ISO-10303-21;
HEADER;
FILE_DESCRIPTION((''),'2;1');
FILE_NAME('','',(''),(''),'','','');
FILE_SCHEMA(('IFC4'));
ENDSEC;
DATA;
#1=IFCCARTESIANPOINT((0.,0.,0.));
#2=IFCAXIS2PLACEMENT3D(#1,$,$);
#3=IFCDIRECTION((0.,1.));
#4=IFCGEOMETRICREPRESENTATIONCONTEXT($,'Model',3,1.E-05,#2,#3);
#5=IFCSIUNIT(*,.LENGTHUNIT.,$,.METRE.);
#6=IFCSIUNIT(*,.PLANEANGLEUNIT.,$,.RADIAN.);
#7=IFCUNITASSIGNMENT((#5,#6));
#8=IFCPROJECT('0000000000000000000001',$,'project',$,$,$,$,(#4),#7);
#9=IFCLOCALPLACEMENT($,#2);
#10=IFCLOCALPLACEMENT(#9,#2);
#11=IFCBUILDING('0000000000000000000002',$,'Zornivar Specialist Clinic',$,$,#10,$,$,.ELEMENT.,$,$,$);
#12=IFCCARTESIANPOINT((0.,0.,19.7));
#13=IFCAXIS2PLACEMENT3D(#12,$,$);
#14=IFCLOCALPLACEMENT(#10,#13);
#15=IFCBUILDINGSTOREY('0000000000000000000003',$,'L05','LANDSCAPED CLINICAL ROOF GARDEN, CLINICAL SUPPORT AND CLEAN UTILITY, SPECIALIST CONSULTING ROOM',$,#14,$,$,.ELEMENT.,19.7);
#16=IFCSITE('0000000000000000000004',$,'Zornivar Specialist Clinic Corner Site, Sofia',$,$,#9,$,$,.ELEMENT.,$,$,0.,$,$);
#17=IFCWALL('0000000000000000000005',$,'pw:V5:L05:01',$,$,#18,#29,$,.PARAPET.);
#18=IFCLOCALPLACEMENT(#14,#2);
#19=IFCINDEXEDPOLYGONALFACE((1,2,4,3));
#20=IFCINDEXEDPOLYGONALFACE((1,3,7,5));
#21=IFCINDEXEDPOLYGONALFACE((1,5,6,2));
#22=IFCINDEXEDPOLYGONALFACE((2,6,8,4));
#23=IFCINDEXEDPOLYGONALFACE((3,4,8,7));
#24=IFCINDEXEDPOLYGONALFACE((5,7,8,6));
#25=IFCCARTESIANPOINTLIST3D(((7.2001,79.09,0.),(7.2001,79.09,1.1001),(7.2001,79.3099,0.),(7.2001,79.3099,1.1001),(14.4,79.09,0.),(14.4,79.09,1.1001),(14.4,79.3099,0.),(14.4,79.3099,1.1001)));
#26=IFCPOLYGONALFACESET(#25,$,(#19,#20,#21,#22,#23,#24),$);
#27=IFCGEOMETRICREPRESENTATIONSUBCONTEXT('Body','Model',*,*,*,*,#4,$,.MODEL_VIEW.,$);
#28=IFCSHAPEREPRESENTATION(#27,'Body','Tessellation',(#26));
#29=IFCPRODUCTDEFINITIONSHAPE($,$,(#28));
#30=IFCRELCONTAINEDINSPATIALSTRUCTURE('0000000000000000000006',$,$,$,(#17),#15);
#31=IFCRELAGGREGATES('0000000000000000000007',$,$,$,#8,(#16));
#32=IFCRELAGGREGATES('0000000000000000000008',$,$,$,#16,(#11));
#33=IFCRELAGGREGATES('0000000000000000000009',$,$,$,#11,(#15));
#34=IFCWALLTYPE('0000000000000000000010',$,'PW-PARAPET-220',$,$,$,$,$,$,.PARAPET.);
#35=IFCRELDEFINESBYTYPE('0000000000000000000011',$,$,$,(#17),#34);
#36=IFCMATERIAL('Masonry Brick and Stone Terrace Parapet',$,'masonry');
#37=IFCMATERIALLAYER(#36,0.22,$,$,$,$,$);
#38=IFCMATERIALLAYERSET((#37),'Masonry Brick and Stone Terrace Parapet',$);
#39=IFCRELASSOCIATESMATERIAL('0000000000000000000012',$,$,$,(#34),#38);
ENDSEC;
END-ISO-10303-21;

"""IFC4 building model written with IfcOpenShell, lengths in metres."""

from ifc_helpers import new_model, si_unit, direction, frame, frame_2d, origin, place, context, subcontext, project, spatial, rectangle, extrude, material, layer, layer_set, type_object, element, save


model = new_model("IFC4")

# Units and contexts
model_context = context("Model", 3, precision=1e-05, world=origin(), true_north=direction((0.0, 1.0)))
body_context = subcontext(model_context, "Body", "Model", "MODEL_VIEW")
ifc_project = project(units=[si_unit("LENGTHUNIT", "METRE"), si_unit("PLANEANGLEUNIT", "RADIAN")], contexts=[model_context])

# Site, building, storey
site_placement = place(None, origin())
site = spatial("IfcSite", under=ifc_project, at=site_placement, Name="Zornivar Specialist Clinic Corner Site, Sofia", CompositionType="ELEMENT", RefElevation=0.0)
building_placement = place(site_placement, origin())
building = spatial("IfcBuilding", under=site, at=building_placement, Name="Zornivar Specialist Clinic", CompositionType="ELEMENT")
storey_placement = place(building_placement, frame((0.0, 0.0, 19.7)))
storey = spatial("IfcBuildingStorey", under=building, at=storey_placement, Name="L05", Description="LANDSCAPED CLINICAL ROOF GARDEN, CLINICAL SUPPORT AND CLEAN UTILITY, SPECIALIST CONSULTING ROOM", CompositionType="ELEMENT", Elevation=19.7)

# Wall
ifc_material_1 = material(Name="Masonry Brick and Stone Terrace Parapet", Category="masonry")
ifc_layer_1 = layer(ifc_material_1, 0.22)
ifc_layer_set_1 = layer_set([ifc_layer_1], Name="Masonry Brick and Stone Terrace Parapet")
wall_type_1 = type_object("IfcWallType", Name="PW-PARAPET-220", PredefinedType="PARAPET", material=ifc_layer_set_1)
for number, where, z_axis, x_axis, name in (
    (1, (7.2, 79.2, 0.0), (0.0, 0.0, 1.0), (1.0, 0.0, 0.0), "pw:V5:L05:01"),
):
    element("IfcWall", number, at=place(storey_placement, frame(where, z_axis=z_axis, x_axis=x_axis)), inside=storey, type_object=wall_type_1, Name=name, PredefinedType="PARAPET", context=body_context, shape_type="SweptSolid", body=[
        extrude(rectangle(XDim=7.2, YDim=0.22, at=frame_2d((3.6001, 0.0))), origin(), (0.0, 0.0, 1.0), 1.1001),
    ])

save(model, "model.ifc")
